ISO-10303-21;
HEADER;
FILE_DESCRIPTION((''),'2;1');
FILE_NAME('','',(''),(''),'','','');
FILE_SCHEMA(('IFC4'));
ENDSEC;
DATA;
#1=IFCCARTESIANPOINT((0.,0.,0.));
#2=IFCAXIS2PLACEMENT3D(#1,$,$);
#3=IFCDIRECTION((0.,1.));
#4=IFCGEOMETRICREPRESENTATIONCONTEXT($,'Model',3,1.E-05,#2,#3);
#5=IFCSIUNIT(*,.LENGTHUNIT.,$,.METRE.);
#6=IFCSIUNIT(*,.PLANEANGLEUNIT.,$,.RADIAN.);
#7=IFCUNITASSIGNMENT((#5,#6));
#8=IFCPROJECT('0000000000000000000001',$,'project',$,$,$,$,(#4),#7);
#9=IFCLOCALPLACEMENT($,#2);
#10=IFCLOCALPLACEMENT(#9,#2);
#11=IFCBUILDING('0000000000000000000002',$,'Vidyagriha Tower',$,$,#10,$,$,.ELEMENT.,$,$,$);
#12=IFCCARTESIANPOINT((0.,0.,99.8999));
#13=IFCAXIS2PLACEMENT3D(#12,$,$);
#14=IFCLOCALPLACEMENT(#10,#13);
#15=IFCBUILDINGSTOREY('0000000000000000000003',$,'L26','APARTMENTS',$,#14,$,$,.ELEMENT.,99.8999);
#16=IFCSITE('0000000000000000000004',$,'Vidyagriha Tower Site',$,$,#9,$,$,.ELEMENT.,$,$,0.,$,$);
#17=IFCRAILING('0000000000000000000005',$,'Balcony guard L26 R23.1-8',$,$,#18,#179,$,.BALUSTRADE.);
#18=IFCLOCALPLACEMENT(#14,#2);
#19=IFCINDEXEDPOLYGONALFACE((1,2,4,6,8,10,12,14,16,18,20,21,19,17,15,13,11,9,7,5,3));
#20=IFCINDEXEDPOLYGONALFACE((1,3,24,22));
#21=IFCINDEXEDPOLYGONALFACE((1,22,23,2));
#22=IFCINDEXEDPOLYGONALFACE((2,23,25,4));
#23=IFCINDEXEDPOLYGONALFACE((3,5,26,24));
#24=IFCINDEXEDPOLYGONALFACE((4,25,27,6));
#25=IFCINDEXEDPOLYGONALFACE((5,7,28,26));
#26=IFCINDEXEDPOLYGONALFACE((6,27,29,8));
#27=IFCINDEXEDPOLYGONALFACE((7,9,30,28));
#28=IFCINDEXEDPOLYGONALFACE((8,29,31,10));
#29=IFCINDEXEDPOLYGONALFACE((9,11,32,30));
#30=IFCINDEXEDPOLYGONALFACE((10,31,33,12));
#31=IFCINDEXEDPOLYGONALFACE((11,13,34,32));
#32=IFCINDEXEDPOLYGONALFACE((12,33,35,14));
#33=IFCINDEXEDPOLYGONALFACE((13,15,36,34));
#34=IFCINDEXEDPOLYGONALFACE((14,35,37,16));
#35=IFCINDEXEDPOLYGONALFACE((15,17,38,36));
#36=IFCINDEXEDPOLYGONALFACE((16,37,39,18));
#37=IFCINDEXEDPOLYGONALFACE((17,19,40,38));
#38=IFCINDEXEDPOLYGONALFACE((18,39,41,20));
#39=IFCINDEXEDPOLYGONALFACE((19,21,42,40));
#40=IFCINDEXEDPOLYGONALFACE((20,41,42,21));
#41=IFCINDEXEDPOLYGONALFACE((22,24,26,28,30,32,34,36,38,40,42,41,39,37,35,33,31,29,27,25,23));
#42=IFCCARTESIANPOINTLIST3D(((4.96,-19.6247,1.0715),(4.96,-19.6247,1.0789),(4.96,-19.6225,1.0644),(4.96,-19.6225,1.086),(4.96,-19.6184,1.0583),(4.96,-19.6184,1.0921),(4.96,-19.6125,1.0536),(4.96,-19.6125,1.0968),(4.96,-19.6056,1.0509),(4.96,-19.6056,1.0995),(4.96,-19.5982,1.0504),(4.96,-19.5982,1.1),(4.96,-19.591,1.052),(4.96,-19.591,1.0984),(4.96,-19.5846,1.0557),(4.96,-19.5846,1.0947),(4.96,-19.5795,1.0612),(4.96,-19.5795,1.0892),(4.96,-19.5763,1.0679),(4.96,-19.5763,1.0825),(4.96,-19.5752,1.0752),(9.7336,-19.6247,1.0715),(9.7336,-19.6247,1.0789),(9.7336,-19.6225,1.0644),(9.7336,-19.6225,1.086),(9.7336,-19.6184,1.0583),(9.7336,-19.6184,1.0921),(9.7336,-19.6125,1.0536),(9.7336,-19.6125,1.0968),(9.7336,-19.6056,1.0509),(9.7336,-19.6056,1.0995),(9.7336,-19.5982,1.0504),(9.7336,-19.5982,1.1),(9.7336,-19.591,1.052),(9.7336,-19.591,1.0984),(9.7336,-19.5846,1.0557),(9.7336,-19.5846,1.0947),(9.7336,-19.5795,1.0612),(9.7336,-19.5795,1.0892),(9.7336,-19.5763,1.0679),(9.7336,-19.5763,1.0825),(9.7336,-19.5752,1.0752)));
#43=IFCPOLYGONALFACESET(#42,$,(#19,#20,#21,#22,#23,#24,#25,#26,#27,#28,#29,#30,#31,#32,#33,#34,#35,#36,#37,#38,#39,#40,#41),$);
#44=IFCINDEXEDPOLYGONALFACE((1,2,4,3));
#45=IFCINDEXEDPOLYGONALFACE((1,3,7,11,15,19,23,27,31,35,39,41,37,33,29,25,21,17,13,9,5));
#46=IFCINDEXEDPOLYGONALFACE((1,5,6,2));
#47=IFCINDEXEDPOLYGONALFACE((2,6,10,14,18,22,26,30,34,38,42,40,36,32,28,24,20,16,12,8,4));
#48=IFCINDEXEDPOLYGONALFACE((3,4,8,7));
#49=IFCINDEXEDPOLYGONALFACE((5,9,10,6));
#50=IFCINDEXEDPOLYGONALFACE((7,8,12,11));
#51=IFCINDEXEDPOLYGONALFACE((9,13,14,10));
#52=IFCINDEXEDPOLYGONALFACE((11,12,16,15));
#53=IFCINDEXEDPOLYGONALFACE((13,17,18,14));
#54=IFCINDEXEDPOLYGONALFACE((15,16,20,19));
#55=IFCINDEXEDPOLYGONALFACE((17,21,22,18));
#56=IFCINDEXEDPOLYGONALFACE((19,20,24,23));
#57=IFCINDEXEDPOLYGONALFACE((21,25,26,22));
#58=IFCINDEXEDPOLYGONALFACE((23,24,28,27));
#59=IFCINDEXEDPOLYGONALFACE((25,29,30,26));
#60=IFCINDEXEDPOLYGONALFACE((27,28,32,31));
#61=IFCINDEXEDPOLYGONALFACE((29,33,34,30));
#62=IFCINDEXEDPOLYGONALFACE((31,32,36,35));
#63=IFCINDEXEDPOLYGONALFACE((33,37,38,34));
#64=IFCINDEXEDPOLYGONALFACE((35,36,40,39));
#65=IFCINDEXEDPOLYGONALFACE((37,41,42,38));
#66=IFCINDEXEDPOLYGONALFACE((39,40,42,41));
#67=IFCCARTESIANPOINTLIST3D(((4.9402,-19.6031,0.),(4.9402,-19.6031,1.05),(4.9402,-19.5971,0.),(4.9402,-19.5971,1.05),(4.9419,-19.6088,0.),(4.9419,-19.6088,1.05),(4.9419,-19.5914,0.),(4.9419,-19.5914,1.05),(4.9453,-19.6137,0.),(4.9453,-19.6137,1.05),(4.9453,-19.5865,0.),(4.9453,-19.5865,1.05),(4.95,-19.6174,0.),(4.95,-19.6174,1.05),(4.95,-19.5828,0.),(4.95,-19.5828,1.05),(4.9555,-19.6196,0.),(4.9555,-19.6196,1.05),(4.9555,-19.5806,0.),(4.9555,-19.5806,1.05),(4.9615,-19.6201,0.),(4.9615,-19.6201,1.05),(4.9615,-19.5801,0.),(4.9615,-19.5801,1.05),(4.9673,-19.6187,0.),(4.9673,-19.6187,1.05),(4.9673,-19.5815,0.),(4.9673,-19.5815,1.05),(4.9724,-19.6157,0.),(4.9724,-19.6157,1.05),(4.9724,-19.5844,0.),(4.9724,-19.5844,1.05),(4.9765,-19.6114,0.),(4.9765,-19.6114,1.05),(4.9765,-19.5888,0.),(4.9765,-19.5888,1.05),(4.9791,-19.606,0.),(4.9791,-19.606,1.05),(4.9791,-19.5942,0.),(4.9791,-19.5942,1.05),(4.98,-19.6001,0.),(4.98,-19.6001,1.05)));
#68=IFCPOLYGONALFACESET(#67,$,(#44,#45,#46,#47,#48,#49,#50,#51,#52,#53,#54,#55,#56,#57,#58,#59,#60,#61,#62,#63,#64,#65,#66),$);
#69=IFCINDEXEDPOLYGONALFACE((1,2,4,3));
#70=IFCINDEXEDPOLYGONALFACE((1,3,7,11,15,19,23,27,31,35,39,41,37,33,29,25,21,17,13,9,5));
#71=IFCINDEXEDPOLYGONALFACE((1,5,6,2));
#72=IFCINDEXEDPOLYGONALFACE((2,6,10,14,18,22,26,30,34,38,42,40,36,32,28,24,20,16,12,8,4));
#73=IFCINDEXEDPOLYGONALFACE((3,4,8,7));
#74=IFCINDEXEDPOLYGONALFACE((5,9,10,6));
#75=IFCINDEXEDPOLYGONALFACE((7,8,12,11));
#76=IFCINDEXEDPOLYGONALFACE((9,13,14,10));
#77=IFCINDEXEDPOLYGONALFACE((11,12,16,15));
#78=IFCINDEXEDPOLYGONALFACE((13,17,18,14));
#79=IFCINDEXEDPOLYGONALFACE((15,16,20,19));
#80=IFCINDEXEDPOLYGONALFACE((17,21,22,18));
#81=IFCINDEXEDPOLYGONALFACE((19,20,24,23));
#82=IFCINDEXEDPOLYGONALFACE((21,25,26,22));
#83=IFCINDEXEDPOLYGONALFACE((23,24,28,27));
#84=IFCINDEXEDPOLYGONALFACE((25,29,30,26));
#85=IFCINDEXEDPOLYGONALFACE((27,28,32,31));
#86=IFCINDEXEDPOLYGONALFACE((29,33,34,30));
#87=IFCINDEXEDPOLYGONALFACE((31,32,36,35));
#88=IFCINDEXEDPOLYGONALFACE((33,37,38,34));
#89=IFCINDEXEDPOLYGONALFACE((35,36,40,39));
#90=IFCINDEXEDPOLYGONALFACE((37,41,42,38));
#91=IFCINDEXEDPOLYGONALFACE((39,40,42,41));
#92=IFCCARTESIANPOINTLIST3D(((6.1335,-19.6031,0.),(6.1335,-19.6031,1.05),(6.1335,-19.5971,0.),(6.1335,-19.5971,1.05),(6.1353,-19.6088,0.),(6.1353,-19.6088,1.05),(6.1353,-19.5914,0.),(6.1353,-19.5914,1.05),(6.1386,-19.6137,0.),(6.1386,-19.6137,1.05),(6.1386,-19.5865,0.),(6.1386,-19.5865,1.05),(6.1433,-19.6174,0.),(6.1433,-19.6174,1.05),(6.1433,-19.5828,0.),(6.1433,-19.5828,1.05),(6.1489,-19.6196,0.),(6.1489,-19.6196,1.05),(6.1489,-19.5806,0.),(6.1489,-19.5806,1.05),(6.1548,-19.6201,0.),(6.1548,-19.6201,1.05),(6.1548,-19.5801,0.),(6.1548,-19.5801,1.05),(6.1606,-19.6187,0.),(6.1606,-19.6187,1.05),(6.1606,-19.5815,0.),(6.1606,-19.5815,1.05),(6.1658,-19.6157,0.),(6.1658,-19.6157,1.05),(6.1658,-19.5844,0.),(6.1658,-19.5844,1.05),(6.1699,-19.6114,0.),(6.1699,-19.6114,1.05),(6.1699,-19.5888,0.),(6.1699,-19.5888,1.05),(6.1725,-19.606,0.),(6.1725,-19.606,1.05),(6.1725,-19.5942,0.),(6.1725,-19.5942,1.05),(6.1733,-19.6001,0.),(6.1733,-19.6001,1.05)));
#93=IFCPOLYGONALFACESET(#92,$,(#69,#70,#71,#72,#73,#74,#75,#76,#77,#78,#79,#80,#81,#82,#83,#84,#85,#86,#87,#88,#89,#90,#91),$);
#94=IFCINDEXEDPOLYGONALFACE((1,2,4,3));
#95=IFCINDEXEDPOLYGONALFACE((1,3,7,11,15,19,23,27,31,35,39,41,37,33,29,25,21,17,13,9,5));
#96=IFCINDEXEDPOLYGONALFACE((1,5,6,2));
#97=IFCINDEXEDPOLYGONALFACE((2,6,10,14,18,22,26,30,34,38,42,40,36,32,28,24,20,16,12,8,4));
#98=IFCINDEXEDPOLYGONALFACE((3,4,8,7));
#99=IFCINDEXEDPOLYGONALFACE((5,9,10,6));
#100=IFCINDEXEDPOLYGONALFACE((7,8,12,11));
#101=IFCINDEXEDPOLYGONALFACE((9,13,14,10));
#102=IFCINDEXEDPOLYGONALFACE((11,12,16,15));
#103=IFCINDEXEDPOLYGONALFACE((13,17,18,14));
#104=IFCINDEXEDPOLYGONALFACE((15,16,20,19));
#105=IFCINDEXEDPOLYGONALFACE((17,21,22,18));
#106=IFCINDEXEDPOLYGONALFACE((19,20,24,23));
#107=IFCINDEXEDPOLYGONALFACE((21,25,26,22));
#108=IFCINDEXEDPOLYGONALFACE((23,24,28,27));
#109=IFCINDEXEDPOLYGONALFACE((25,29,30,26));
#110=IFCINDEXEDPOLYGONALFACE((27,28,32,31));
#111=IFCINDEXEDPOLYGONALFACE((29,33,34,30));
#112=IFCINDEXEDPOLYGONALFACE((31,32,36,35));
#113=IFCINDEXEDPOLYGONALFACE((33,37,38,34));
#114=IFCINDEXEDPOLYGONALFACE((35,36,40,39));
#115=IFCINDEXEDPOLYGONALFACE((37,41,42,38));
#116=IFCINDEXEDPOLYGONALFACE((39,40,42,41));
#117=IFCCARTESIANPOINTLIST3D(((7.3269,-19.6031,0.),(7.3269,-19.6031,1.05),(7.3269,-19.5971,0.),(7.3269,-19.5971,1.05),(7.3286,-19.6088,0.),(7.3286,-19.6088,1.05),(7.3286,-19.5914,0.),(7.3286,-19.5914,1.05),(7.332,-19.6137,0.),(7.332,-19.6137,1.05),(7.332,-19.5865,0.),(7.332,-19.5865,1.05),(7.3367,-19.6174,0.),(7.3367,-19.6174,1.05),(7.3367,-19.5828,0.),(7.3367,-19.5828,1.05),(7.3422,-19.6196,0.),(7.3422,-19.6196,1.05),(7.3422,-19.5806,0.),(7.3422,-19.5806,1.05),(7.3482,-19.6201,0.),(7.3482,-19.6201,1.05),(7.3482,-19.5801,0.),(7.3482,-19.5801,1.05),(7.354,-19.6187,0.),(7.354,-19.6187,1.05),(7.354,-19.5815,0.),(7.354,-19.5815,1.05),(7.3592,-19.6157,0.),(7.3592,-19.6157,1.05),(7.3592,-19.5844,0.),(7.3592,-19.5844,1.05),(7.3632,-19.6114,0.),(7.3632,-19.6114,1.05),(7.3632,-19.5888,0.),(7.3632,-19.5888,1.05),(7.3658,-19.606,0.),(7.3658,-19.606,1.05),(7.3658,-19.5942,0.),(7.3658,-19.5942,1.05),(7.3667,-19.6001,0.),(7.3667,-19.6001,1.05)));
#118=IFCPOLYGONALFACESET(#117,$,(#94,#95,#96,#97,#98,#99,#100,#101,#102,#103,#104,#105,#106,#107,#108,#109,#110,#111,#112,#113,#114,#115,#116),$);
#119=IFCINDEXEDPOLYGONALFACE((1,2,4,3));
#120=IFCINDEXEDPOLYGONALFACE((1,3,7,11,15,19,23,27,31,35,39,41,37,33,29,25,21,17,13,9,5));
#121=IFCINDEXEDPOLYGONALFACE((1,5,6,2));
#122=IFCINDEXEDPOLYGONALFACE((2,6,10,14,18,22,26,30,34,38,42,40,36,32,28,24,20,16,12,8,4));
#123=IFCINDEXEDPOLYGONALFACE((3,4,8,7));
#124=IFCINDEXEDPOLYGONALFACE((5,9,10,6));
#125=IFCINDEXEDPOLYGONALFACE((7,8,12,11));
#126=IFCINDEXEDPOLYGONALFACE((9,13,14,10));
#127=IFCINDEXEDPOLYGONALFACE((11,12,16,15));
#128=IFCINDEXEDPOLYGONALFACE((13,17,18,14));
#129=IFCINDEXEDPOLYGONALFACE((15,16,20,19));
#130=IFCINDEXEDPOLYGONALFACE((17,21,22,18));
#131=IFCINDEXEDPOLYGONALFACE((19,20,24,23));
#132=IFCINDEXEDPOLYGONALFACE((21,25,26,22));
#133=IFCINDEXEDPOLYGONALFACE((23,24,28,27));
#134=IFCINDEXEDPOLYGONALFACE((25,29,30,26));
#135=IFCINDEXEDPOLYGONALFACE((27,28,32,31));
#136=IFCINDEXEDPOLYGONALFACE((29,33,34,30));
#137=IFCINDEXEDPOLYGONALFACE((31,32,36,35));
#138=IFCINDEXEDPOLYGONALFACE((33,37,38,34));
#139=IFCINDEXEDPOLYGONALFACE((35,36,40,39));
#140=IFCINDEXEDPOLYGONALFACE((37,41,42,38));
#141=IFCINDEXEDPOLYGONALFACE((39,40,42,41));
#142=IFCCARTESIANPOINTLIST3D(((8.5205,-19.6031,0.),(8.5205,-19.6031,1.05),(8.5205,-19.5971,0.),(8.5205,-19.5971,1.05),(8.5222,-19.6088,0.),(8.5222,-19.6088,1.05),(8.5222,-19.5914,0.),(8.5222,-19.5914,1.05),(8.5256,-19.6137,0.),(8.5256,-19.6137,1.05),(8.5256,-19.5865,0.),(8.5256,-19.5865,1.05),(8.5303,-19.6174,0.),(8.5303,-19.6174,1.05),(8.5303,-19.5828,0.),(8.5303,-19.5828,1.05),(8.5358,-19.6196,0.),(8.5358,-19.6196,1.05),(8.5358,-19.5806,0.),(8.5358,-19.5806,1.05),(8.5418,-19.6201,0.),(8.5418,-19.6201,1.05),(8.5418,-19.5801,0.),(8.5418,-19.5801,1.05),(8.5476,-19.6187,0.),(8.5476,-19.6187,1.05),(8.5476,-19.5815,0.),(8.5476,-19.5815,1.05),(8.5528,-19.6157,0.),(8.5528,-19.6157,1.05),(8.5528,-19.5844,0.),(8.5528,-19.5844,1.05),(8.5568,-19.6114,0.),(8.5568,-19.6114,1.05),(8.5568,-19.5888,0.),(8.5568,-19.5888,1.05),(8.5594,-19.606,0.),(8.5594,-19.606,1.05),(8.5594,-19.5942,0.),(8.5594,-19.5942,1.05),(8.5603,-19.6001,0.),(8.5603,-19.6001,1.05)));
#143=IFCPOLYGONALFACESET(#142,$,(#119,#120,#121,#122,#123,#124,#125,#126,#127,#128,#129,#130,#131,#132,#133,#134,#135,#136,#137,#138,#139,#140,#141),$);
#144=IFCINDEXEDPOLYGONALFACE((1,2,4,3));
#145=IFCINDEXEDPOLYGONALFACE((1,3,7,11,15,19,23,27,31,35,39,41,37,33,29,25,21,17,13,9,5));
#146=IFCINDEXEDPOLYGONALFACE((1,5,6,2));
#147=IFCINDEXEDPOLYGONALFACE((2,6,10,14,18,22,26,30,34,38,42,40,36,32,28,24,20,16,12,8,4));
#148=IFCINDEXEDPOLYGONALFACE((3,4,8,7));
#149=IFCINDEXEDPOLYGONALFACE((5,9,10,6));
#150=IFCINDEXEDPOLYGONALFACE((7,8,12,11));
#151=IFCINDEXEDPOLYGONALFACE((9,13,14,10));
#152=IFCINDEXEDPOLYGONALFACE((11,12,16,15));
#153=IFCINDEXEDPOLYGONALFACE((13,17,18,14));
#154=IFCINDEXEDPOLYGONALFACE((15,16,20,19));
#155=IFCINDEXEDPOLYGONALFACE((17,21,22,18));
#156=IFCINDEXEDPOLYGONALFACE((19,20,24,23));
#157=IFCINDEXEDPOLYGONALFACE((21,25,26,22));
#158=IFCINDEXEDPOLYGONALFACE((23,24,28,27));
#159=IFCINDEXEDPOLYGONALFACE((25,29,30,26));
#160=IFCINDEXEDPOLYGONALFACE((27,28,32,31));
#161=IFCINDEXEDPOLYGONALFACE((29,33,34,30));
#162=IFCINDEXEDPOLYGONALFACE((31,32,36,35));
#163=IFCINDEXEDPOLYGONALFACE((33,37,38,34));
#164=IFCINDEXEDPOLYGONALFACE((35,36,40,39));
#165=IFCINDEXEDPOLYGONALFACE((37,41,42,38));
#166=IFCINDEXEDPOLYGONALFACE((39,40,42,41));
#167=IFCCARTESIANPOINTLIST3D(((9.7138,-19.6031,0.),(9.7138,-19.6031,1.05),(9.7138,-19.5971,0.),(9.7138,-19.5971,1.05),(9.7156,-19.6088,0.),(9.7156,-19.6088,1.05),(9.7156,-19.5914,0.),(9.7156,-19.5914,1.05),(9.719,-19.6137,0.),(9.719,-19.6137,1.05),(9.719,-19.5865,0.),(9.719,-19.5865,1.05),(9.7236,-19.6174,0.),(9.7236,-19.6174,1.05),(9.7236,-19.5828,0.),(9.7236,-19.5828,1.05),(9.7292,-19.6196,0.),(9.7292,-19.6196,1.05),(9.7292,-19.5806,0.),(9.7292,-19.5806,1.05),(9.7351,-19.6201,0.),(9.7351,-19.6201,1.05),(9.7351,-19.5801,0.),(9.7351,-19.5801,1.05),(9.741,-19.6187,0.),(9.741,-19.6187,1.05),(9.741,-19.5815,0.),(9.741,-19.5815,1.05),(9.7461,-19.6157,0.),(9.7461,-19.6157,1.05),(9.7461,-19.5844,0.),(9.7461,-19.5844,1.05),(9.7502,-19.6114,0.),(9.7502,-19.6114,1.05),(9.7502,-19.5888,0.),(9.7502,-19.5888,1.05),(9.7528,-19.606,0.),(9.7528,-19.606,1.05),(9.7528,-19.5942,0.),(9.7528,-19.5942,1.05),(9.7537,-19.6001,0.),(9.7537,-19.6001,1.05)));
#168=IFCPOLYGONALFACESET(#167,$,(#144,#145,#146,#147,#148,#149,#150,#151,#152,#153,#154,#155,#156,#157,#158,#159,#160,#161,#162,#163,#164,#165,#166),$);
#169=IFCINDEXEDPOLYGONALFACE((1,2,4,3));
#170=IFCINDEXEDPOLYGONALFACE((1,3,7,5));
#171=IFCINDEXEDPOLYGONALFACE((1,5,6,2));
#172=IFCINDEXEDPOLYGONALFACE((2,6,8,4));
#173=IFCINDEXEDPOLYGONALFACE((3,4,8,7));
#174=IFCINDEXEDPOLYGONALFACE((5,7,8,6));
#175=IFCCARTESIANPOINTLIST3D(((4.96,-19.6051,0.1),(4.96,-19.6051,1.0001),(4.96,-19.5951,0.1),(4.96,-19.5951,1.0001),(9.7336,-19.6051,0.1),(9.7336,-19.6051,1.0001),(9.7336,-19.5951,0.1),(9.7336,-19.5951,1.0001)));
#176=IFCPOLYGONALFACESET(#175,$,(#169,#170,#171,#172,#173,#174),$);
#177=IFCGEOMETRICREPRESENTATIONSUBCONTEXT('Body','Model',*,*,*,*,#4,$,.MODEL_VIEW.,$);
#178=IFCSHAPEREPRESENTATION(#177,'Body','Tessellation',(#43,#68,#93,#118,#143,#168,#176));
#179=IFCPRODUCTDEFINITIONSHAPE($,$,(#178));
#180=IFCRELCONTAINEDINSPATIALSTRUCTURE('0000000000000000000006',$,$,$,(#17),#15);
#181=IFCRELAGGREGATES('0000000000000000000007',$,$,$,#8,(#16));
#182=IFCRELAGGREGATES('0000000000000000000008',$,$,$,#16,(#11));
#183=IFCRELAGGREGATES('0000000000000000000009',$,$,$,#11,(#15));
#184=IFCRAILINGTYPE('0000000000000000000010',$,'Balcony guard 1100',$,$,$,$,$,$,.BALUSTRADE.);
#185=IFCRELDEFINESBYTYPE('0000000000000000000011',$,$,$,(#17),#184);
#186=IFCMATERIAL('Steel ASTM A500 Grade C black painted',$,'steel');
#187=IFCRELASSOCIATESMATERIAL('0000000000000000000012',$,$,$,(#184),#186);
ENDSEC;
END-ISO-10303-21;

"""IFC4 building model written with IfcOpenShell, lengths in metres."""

from ifc_helpers import new_model, si_unit, direction, frame, origin, origin_2d, place, context, subcontext, project, spatial, rectangle, circle, extrude, material, type_object, element, save


model = new_model("IFC4")

# Units and contexts
model_context = context("Model", 3, precision=1e-05, world=origin(), true_north=direction((0.0, 1.0)))
body_context = subcontext(model_context, "Body", "Model", "MODEL_VIEW")
ifc_project = project(units=[si_unit("LENGTHUNIT", "METRE"), si_unit("PLANEANGLEUNIT", "RADIAN")], contexts=[model_context])

# Site, building, storey
site_placement = place(None, origin())
site = spatial("IfcSite", under=ifc_project, at=site_placement, Name="Vidyagriha Tower Site", CompositionType="ELEMENT", RefElevation=0.0)
building_placement = place(site_placement, origin())
building = spatial("IfcBuilding", under=site, at=building_placement, Name="Vidyagriha Tower", CompositionType="ELEMENT")
storey_placement = place(building_placement, frame((0.0, 0.0, 99.8999)))
storey = spatial("IfcBuildingStorey", under=building, at=storey_placement, Name="L26", Description="APARTMENTS", CompositionType="ELEMENT", Elevation=99.8999)

# Railing
ifc_material_1 = material(Name="Steel ASTM A500 Grade C black painted", Category="steel")
railing_type = type_object("IfcRailingType", Name="Balcony guard 1100", PredefinedType="BALUSTRADE", material=ifc_material_1)
railing_1_placement = place(storey_placement, frame((4.96, -19.6001, 0.0)))
element("IfcRailing", 1, at=railing_1_placement, inside=storey, type_object=railing_type, Name="Balcony guard L26 R23.1-8", PredefinedType="BALUSTRADE", context=body_context, shape_type="SweptSolid", body=[
    extrude(circle(Radius=0.0249, at=origin_2d()), frame((0.0, 0.0, 1.0752), z_axis=(1.0, 0.0, 0.0), x_axis=(0.0, 1.0, 0.0)), (0.0, 0.0, 1.0), 4.7737),
    extrude(circle(Radius=0.02, at=origin_2d()), origin(), (0.0, 0.0, 1.0), 1.05),
    extrude(circle(Radius=0.02, at=origin_2d()), frame((1.1934, 0.0, 0.0)), (0.0, 0.0, 1.0), 1.05),
    extrude(circle(Radius=0.02, at=origin_2d()), frame((2.3867, 0.0, 0.0)), (0.0, 0.0, 1.0), 1.05),
    extrude(circle(Radius=0.02, at=origin_2d()), frame((3.5803, 0.0, 0.0)), (0.0, 0.0, 1.0), 1.05),
    extrude(circle(Radius=0.02, at=origin_2d()), frame((4.7737, 0.0, 0.0)), (0.0, 0.0, 1.0), 1.05),
    extrude(rectangle(XDim=0.01, YDim=0.9001, at=origin_2d()), frame((0.0, 0.0, 0.55), z_axis=(1.0, 0.0, 0.0), x_axis=(0.0, 1.0, 0.0)), (0.0, 0.0, 1.0), 4.7737),
])

save(model, "model.ifc")
